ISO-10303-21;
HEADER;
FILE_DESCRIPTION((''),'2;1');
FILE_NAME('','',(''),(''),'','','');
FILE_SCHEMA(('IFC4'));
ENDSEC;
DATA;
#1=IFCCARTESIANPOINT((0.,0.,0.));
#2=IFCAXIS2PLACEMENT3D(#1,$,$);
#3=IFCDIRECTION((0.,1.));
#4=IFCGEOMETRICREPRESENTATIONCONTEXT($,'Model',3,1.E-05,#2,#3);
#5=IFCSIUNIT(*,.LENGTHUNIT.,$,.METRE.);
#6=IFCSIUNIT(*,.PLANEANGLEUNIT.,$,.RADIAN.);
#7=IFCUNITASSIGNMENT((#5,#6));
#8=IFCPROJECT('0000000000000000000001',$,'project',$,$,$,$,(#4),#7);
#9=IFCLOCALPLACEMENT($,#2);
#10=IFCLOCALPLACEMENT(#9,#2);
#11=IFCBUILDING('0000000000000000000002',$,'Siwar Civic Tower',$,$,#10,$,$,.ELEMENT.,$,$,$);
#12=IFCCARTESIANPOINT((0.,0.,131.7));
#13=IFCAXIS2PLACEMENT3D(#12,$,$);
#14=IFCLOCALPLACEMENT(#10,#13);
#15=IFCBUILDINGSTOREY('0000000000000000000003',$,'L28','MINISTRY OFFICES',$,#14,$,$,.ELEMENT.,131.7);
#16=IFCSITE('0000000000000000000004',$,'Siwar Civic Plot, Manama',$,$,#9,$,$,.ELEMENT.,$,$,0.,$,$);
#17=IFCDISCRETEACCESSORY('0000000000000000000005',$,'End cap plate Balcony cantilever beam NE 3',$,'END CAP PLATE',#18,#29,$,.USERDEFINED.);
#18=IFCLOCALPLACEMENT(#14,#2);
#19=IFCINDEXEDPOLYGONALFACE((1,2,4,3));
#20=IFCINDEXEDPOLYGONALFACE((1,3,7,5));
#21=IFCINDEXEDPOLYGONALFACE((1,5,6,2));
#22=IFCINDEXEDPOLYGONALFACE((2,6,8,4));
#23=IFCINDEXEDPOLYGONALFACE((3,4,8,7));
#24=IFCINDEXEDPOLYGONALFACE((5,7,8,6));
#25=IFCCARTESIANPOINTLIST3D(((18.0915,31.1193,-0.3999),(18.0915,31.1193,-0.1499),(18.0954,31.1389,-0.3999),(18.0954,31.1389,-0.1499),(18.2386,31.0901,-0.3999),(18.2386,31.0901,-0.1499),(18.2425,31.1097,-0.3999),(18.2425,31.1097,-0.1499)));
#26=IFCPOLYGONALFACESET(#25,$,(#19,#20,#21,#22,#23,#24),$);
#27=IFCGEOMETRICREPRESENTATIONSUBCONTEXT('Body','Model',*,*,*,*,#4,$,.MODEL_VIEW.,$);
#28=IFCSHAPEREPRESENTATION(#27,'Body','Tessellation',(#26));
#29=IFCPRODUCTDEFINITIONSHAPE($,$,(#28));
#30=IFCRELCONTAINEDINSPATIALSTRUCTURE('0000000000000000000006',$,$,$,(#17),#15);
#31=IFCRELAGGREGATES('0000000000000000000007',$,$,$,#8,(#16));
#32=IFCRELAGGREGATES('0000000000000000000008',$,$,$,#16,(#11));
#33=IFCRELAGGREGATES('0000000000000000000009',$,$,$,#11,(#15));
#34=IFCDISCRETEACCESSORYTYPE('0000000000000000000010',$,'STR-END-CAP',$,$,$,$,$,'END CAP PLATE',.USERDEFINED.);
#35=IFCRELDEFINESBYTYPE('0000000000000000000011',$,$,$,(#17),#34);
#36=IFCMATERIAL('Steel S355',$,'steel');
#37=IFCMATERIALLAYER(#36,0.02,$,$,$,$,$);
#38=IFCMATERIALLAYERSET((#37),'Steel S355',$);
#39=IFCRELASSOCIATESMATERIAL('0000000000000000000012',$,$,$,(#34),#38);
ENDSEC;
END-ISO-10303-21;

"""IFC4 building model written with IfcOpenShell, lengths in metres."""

from ifc_helpers import new_model, si_unit, direction, frame, origin, origin_2d, place, context, subcontext, project, spatial, rectangle, extrude, material, layer, layer_set, type_object, element, save


model = new_model("IFC4")

# Units and contexts
model_context = context("Model", 3, precision=1e-05, world=origin(), true_north=direction((0.0, 1.0)))
body_context = subcontext(model_context, "Body", "Model", "MODEL_VIEW")
ifc_project = project(units=[si_unit("LENGTHUNIT", "METRE"), si_unit("PLANEANGLEUNIT", "RADIAN")], contexts=[model_context])

# Site, building, storey
site_placement = place(None, origin())
site = spatial("IfcSite", under=ifc_project, at=site_placement, Name="Siwar Civic Plot, Manama", CompositionType="ELEMENT", RefElevation=0.0)
building_placement = place(site_placement, origin())
building = spatial("IfcBuilding", under=site, at=building_placement, Name="Siwar Civic Tower", CompositionType="ELEMENT")
storey_placement = place(building_placement, frame((0.0, 0.0, 131.7)))
storey = spatial("IfcBuildingStorey", under=building, at=storey_placement, Name="L28", Description="MINISTRY OFFICES", CompositionType="ELEMENT", Elevation=131.7)

# Discrete accessory
ifc_material_1 = material(Name="Steel S355", Category="steel")
ifc_layer_1 = layer(ifc_material_1, 0.02)
ifc_layer_set_1 = layer_set([ifc_layer_1], Name="Steel S355")
discrete_accessory_type_1 = type_object("IfcDiscreteAccessoryType", Name="STR-END-CAP", ElementType="END CAP PLATE", PredefinedType="USERDEFINED", material=ifc_layer_set_1)
for number, where, z_axis, x_axis, name in (
    (1, (18.167, 31.1145, -0.3999), (0.0, 0.0, 1.0), (0.19509, 0.980785, 0.0), "End cap plate Balcony cantilever beam NE 3"),
):
    element("IfcDiscreteAccessory", number, at=place(storey_placement, frame(where, z_axis=z_axis, x_axis=x_axis)), inside=storey, type_object=discrete_accessory_type_1, Name=name, ObjectType="END CAP PLATE", PredefinedType="USERDEFINED", context=body_context, shape_type="SweptSolid", body=[
        extrude(rectangle(XDim=0.02, YDim=0.1499, at=origin_2d()), origin(), (0.0, 0.0, 1.0), 0.25),
    ])

save(model, "model.ifc")
